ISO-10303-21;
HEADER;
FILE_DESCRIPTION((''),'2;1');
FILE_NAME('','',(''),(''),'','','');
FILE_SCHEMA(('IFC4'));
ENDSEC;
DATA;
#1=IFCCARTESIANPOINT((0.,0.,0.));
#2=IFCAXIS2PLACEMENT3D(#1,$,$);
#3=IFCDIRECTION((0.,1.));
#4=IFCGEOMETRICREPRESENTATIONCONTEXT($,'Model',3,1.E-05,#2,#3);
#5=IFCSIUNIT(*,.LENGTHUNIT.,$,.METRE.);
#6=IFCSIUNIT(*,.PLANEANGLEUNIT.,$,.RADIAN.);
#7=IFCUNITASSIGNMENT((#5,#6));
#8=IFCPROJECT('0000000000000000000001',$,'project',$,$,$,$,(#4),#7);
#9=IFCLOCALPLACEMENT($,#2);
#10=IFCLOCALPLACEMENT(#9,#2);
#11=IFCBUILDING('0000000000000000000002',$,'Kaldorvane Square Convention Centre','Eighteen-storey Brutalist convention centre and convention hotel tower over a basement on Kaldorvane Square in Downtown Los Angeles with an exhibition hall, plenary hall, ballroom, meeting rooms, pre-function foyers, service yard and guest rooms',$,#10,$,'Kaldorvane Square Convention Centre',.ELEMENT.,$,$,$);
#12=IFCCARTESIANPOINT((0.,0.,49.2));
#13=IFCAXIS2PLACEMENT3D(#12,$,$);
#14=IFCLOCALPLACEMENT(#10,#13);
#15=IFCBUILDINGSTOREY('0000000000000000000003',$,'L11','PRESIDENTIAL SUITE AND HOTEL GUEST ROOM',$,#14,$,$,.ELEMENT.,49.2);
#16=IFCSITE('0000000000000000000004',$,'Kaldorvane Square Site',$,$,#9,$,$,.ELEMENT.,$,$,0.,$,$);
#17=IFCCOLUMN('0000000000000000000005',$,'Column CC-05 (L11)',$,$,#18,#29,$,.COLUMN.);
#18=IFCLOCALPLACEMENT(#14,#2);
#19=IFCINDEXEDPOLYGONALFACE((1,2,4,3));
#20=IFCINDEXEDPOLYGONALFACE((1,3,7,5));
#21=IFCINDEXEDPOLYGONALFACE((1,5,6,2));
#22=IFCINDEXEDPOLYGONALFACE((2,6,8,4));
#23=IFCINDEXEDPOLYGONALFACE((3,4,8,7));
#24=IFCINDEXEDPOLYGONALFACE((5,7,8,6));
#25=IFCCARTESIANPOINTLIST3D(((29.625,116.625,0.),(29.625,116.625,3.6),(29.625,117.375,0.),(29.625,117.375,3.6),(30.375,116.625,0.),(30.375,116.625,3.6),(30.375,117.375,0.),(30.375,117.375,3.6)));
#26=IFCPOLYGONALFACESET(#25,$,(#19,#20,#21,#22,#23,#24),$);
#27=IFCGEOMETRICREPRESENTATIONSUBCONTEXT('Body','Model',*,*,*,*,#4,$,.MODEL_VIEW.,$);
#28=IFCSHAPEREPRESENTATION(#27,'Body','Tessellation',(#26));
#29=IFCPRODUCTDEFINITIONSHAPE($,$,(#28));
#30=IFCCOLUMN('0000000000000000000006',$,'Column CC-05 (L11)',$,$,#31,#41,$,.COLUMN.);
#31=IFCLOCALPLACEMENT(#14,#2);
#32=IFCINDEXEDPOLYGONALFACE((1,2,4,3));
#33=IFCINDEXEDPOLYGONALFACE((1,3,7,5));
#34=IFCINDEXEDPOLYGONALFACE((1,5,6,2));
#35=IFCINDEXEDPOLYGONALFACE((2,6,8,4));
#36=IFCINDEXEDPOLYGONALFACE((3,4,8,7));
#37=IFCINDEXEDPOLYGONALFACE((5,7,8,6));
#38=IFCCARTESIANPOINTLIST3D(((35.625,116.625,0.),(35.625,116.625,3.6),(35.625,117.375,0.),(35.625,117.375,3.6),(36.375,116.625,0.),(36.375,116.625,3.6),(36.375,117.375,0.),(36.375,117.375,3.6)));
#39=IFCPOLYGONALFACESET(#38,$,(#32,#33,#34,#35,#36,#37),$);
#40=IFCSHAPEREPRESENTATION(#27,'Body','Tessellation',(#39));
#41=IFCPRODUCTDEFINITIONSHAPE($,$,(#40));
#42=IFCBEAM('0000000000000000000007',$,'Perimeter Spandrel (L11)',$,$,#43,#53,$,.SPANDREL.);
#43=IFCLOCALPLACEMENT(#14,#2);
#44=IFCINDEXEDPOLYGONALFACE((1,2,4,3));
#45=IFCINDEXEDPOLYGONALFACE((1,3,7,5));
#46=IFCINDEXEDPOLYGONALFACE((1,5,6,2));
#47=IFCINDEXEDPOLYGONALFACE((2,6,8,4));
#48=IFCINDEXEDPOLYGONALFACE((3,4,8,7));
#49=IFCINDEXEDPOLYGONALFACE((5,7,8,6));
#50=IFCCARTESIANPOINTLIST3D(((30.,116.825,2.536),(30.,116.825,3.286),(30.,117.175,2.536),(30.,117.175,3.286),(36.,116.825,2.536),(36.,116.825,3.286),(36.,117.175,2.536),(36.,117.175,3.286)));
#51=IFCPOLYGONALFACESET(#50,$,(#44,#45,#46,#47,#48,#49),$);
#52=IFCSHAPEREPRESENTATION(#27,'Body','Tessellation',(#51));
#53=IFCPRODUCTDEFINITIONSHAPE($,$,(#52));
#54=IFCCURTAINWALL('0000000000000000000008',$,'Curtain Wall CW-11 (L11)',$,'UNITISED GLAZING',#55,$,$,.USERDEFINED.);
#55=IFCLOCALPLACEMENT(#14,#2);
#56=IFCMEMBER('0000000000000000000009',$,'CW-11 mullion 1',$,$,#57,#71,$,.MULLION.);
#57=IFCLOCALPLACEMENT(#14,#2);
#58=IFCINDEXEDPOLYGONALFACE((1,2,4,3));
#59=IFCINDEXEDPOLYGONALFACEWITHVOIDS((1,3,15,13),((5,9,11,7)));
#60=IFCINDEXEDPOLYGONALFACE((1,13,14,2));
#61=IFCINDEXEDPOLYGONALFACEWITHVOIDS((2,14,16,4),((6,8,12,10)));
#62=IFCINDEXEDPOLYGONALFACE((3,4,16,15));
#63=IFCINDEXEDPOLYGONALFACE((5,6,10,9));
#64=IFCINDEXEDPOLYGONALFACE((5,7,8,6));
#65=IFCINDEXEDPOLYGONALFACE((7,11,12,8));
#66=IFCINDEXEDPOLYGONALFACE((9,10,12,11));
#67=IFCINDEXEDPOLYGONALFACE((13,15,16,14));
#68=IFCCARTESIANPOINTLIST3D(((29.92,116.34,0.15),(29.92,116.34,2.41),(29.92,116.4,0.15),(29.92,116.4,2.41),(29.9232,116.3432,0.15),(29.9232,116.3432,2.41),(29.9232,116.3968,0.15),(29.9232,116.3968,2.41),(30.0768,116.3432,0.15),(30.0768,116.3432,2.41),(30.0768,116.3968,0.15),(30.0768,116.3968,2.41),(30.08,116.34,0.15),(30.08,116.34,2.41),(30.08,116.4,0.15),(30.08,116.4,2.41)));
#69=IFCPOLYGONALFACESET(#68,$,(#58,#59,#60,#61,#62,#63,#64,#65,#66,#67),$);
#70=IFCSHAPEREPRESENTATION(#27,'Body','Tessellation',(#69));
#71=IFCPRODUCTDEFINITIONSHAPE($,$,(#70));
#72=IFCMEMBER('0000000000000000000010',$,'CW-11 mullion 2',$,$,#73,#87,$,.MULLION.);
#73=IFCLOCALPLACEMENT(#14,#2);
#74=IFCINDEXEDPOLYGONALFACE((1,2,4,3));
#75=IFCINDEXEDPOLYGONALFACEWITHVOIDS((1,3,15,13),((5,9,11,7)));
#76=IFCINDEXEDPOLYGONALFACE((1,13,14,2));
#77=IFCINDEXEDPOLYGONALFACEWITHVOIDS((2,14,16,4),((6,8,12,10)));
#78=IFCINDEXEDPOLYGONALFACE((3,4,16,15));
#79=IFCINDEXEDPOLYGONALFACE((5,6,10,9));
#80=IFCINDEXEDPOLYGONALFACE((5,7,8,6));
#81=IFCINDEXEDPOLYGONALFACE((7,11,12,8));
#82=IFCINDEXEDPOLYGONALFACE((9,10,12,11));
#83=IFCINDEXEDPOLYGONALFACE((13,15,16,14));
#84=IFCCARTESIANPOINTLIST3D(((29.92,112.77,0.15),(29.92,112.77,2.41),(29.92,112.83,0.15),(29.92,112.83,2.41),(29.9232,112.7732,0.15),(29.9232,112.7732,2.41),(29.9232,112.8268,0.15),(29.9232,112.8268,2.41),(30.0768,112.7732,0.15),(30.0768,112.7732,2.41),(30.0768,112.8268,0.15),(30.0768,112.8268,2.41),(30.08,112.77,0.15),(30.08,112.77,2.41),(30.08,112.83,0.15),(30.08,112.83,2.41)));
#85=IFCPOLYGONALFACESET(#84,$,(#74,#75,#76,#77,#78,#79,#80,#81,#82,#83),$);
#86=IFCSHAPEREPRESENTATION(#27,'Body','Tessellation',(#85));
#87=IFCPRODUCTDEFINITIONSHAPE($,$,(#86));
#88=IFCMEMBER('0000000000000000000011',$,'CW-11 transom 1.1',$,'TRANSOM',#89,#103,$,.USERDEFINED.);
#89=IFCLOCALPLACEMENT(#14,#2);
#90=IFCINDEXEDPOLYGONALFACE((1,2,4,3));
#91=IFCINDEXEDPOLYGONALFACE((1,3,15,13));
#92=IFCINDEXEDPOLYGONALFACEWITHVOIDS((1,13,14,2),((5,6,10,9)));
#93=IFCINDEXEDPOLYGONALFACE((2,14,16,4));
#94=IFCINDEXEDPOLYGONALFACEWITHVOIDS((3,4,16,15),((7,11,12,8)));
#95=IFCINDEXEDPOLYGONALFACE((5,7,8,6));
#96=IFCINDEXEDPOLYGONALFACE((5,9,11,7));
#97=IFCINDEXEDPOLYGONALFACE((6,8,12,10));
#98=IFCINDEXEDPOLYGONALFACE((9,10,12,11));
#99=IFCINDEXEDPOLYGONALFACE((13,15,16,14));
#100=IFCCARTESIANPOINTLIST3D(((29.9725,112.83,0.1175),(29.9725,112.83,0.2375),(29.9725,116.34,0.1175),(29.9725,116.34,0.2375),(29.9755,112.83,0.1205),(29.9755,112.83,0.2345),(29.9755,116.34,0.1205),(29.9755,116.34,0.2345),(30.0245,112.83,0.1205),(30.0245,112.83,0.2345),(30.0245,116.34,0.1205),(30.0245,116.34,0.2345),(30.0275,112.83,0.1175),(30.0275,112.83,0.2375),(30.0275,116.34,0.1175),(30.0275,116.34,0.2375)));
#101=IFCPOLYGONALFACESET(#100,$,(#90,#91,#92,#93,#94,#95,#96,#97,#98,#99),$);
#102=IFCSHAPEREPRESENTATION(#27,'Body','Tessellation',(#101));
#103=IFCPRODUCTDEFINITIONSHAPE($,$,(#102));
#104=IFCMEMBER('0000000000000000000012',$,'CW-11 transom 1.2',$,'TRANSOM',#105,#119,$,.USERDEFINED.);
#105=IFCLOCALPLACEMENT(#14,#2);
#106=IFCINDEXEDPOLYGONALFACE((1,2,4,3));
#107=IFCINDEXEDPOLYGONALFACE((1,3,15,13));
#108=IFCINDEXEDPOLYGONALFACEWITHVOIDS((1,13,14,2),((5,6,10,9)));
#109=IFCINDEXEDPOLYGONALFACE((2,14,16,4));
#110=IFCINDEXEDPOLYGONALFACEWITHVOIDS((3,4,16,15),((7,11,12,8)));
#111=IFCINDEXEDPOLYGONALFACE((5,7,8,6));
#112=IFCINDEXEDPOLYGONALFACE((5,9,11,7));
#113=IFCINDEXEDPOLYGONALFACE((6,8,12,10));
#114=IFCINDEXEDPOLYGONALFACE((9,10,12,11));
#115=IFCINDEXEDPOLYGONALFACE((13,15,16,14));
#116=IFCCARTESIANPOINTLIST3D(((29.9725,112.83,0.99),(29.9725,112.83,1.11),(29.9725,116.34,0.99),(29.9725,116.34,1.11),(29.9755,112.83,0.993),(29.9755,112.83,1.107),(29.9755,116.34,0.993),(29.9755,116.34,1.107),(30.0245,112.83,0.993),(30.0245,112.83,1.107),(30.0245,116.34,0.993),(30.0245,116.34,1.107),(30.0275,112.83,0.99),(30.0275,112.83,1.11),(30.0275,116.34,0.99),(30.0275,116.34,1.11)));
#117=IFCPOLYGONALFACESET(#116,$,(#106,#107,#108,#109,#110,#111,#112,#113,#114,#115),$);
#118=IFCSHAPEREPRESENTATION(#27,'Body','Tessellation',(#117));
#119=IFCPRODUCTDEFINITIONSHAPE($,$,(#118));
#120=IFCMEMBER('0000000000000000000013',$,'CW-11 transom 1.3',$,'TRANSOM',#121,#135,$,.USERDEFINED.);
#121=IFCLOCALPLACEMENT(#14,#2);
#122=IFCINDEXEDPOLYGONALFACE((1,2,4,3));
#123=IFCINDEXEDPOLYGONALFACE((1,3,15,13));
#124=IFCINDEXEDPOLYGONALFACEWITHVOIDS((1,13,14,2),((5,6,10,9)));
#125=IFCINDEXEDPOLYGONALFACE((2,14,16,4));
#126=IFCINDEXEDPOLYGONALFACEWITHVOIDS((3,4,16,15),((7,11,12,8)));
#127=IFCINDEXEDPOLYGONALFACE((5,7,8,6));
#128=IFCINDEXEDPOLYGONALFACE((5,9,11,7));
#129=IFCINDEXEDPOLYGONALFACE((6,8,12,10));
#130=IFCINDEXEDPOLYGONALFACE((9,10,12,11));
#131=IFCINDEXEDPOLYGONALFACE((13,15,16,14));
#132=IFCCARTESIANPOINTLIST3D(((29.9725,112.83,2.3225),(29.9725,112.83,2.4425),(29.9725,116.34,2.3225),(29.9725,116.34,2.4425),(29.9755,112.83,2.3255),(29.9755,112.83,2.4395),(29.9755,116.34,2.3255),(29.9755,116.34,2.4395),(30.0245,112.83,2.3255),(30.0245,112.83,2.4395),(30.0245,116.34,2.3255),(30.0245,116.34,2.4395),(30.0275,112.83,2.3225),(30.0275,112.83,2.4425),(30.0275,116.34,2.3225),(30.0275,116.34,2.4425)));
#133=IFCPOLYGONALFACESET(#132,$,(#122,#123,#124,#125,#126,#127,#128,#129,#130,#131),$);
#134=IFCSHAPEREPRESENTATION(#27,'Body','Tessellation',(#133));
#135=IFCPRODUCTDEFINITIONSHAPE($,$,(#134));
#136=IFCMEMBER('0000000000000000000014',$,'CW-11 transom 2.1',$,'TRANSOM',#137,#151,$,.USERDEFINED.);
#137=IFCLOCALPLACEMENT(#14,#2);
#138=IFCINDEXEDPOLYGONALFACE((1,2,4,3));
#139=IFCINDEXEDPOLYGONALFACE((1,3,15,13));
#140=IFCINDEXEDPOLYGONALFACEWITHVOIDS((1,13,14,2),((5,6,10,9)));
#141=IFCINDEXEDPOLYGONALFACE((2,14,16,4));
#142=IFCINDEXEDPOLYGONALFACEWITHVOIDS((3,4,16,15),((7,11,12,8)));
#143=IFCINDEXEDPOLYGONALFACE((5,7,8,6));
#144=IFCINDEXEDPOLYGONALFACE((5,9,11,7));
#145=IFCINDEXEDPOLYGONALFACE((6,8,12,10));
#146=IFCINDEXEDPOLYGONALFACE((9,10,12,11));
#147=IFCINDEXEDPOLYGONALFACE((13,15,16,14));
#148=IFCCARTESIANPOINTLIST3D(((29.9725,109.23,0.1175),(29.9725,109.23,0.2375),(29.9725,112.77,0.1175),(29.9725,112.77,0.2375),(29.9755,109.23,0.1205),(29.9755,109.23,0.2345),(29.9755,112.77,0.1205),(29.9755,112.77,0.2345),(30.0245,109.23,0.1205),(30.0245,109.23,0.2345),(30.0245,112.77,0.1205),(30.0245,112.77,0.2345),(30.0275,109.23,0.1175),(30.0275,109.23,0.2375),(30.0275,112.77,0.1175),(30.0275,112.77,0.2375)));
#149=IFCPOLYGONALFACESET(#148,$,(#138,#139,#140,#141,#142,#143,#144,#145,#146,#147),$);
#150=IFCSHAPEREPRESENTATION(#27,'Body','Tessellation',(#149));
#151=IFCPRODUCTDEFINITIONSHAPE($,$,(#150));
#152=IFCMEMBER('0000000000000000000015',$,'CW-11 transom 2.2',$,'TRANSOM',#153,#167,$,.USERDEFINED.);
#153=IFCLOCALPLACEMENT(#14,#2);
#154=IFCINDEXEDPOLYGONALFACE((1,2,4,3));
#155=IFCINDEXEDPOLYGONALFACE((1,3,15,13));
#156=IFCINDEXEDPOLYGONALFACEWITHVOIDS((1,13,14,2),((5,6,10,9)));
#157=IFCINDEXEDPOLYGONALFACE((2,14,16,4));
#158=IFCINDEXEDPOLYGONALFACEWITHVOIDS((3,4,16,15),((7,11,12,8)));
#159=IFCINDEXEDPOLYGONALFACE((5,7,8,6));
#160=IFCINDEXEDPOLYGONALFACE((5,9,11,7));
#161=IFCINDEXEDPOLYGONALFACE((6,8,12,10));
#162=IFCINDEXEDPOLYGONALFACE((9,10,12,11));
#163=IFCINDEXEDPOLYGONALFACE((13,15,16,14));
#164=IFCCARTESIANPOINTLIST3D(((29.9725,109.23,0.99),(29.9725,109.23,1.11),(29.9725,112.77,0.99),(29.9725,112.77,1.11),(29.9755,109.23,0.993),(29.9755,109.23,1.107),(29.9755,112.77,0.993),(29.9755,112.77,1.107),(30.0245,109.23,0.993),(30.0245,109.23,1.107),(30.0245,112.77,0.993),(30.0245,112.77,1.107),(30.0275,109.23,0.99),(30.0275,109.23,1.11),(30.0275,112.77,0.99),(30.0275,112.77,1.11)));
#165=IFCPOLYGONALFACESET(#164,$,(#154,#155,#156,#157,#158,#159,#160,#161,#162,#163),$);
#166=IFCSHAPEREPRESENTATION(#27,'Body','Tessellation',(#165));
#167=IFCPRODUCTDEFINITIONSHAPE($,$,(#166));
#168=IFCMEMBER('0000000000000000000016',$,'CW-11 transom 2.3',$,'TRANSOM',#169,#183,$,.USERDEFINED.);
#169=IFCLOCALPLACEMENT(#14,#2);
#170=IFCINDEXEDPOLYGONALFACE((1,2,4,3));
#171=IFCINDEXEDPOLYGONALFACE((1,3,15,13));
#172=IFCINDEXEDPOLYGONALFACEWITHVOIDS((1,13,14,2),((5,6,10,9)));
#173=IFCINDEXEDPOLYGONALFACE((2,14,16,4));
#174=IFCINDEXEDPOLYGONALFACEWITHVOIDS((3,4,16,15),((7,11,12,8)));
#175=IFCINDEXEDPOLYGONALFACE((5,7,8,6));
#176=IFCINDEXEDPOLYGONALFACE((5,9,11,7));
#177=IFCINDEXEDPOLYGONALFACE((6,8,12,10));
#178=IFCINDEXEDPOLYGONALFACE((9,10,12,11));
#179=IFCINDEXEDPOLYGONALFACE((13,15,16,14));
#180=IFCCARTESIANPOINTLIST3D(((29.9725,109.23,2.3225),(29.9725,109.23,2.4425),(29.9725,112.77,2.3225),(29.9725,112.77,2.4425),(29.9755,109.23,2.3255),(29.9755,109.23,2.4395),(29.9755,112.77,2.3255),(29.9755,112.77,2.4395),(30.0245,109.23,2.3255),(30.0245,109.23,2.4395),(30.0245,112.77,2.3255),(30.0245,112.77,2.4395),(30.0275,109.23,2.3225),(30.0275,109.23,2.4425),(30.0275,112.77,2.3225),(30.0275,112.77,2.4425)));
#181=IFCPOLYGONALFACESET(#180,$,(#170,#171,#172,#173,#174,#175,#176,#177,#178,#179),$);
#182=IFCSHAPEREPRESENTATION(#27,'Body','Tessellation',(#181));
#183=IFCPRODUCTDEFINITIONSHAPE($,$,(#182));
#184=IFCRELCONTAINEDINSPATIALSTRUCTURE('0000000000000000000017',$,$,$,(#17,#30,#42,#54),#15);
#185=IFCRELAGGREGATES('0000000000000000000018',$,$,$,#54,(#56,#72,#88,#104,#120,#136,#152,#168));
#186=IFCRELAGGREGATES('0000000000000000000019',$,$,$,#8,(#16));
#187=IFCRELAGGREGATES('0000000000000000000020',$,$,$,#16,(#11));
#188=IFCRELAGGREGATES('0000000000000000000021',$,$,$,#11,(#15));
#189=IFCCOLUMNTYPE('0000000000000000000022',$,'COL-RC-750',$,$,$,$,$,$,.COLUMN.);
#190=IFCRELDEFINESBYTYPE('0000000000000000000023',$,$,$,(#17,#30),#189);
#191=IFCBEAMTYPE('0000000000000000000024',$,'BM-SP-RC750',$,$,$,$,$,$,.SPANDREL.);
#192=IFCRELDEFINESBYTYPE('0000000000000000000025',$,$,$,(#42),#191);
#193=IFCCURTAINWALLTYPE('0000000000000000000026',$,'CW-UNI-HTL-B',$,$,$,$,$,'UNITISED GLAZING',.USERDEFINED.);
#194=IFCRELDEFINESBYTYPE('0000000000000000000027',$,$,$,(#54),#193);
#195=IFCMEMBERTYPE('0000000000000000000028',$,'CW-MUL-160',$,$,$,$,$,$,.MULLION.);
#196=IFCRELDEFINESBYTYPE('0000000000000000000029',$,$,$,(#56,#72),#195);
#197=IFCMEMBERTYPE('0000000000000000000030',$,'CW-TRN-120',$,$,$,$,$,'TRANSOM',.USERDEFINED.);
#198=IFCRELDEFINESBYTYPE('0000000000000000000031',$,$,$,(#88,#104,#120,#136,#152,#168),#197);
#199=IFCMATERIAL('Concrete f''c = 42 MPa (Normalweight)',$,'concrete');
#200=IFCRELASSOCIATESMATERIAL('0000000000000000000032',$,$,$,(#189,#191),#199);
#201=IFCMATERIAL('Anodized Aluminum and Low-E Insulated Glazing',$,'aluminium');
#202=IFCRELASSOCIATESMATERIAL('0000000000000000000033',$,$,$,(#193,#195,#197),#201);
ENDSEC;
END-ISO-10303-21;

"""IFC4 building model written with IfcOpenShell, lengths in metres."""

from ifc_helpers import new_model, si_unit, direction, frame, origin, origin_2d, place, context, subcontext, project, spatial, rectangle, hollow_rectangle, extrude, material, material_profile, profile_set, type_object, element, aggregate, save


model = new_model("IFC4")

# Units and contexts
model_context = context("Model", 3, precision=1e-05, world=origin(), true_north=direction((0.0, 1.0)))
body_context = subcontext(model_context, "Body", "Model", "MODEL_VIEW")
ifc_project = project(units=[si_unit("LENGTHUNIT", "METRE"), si_unit("PLANEANGLEUNIT", "RADIAN")], contexts=[model_context])

# Site, building, storey
site_placement = place(None, origin())
site = spatial("IfcSite", under=ifc_project, at=site_placement, Name="Kaldorvane Square Site", CompositionType="ELEMENT", RefElevation=0.0)
building_placement = place(site_placement, origin())
building = spatial("IfcBuilding", under=site, at=building_placement, Name="Kaldorvane Square Convention Centre", Description="Eighteen-storey Brutalist convention centre and convention hotel tower over a basement on Kaldorvane Square in Downtown Los Angeles with an exhibition hall, plenary hall, ballroom, meeting rooms, pre-function foyers, service yard and guest rooms", LongName="Kaldorvane Square Convention Centre", CompositionType="ELEMENT")
storey_placement = place(building_placement, frame((0.0, 0.0, 49.2)))
storey = spatial("IfcBuildingStorey", under=building, at=storey_placement, Name="L11", Description="PRESIDENTIAL SUITE AND HOTEL GUEST ROOM", CompositionType="ELEMENT", Elevation=49.2)

# Columns
ifc_material_1 = material(Name="Concrete f'c = 42 MPa (Normalweight)", Category="concrete")
ifc_material_profile_1 = material_profile(ifc_material_1, rectangle(XDim=0.75, YDim=0.75, at=origin_2d()), Name="RC750X750")
ifc_profile_set_1 = profile_set([ifc_material_profile_1], Name="Concrete f'c = 42 MPa (Normalweight)")
column_type = type_object("IfcColumnType", Name="COL-RC-750", PredefinedType="COLUMN", material=ifc_profile_set_1)
for number, where, z_axis, x_axis, name in (
    (1, (30.0, 117.0, 0.0), (0.0, 0.0, 1.0), (1.0, 0.0, 0.0), "Column CC-05 (L11)"),
    (2, (36.0, 117.0, 0.0), (0.0, 0.0, 1.0), (1.0, 0.0, 0.0), "Column CC-05 (L11)"),
):
    element("IfcColumn", number, at=place(storey_placement, frame(where, z_axis=z_axis, x_axis=x_axis)), inside=storey, type_object=column_type, Name=name, PredefinedType="COLUMN", context=body_context, shape_type="SweptSolid", body=[
        extrude(rectangle(XDim=0.75, YDim=0.75, at=origin_2d()), origin(), (0.0, 0.0, 1.0), 3.6),
    ])

# Beam
ifc_material_profile_2 = material_profile(ifc_material_1, rectangle(XDim=0.35, YDim=0.75, at=origin_2d()), Name="RCSP750X350")
ifc_profile_set_2 = profile_set([ifc_material_profile_2], Name="Concrete f'c = 42 MPa (Normalweight)")
beam_type = type_object("IfcBeamType", Name="BM-SP-RC750", PredefinedType="SPANDREL", material=ifc_profile_set_2)
beam_placement = place(storey_placement, frame((30.0, 117.0, 2.911), z_axis=(1.0, 0.0, 0.0), x_axis=(0.0, 1.0, 0.0)))
element("IfcBeam", 3, at=beam_placement, inside=storey, type_object=beam_type, Name="Perimeter Spandrel (L11)", PredefinedType="SPANDREL", context=body_context, shape_type="SweptSolid", body=[
    extrude(rectangle(XDim=0.35, YDim=0.75, at=origin_2d()), origin(), (0.0, 0.0, 1.0), 6.0),
])

# Curtain wall, members
ifc_material_2 = material(Name="Anodized Aluminum and Low-E Insulated Glazing", Category="aluminium")
curtain_wall_type = type_object("IfcCurtainWallType", Name="CW-UNI-HTL-B", ElementType="UNITISED GLAZING", PredefinedType="USERDEFINED", material=ifc_material_2)
curtain_wall_placement = place(storey_placement, origin())
curtain_wall = element("IfcCurtainWall", 4, at=curtain_wall_placement, inside=storey, type_object=curtain_wall_type, Name="Curtain Wall CW-11 (L11)", ObjectType="UNITISED GLAZING", PredefinedType="USERDEFINED")
ifc_material_profile_3 = material_profile(ifc_material_2, hollow_rectangle(XDim=0.06, YDim=0.16, WallThickness=0.0032, at=origin_2d()), Name="CWM-160X60")
ifc_profile_set_3 = profile_set([ifc_material_profile_3], Name="Anodized Aluminum and Low-E Insulated Glazing")
member_type_1 = type_object("IfcMemberType", Name="CW-MUL-160", PredefinedType="MULLION", material=ifc_profile_set_3)
member_1_placement = place(storey_placement, frame((30.0, 116.37, 0.15), z_axis=(0.0, 0.0, 1.0), x_axis=(0.0, -1.0, 0.0)))
member_1 = element("IfcMember", 5, at=member_1_placement, type_object=member_type_1, Name="CW-11 mullion 1", PredefinedType="MULLION", context=body_context, shape_type="SweptSolid", body=[
    extrude(hollow_rectangle(XDim=0.06, YDim=0.16, WallThickness=0.0032, at=origin_2d()), origin(), (0.0, 0.0, 1.0), 2.26),
])
member_2_placement = place(storey_placement, frame((30.0, 112.8, 0.15), z_axis=(0.0, 0.0, 1.0), x_axis=(0.0, -1.0, 0.0)))
member_2 = element("IfcMember", 6, at=member_2_placement, type_object=member_type_1, Name="CW-11 mullion 2", PredefinedType="MULLION", context=body_context, shape_type="SweptSolid", body=[
    extrude(hollow_rectangle(XDim=0.06, YDim=0.16, WallThickness=0.0032, at=origin_2d()), origin(), (0.0, 0.0, 1.0), 2.26),
])
ifc_material_profile_4 = material_profile(ifc_material_2, hollow_rectangle(XDim=0.055, YDim=0.12, WallThickness=0.003, at=origin_2d()), Name="CWT-120X55")
ifc_profile_set_4 = profile_set([ifc_material_profile_4], Name="Anodized Aluminum and Low-E Insulated Glazing")
member_type_2 = type_object("IfcMemberType", Name="CW-TRN-120", ElementType="TRANSOM", PredefinedType="USERDEFINED", material=ifc_profile_set_4)
member_3_placement = place(storey_placement, frame((30.0, 116.34, 0.1775), z_axis=(0.0, -1.0, 0.0), x_axis=(1.0, 0.0, 0.0)))
member_3 = element("IfcMember", 7, at=member_3_placement, type_object=member_type_2, Name="CW-11 transom 1.1", ObjectType="TRANSOM", PredefinedType="USERDEFINED", context=body_context, shape_type="SweptSolid", body=[
    extrude(hollow_rectangle(XDim=0.055, YDim=0.12, WallThickness=0.003, at=origin_2d()), origin(), (0.0, 0.0, 1.0), 3.51),
])
member_4_placement = place(storey_placement, frame((30.0, 116.34, 1.05), z_axis=(0.0, -1.0, 0.0), x_axis=(1.0, 0.0, 0.0)))
member_4 = element("IfcMember", 8, at=member_4_placement, type_object=member_type_2, Name="CW-11 transom 1.2", ObjectType="TRANSOM", PredefinedType="USERDEFINED", context=body_context, shape_type="SweptSolid", body=[
    extrude(hollow_rectangle(XDim=0.055, YDim=0.12, WallThickness=0.003, at=origin_2d()), origin(), (0.0, 0.0, 1.0), 3.51),
])
member_5_placement = place(storey_placement, frame((30.0, 116.34, 2.3825), z_axis=(0.0, -1.0, 0.0), x_axis=(1.0, 0.0, 0.0)))
member_5 = element("IfcMember", 9, at=member_5_placement, type_object=member_type_2, Name="CW-11 transom 1.3", ObjectType="TRANSOM", PredefinedType="USERDEFINED", context=body_context, shape_type="SweptSolid", body=[
    extrude(hollow_rectangle(XDim=0.055, YDim=0.12, WallThickness=0.003, at=origin_2d()), origin(), (0.0, 0.0, 1.0), 3.51),
])
member_6_placement = place(storey_placement, frame((30.0, 112.77, 0.1775), z_axis=(0.0, -1.0, 0.0), x_axis=(1.0, 0.0, 0.0)))
member_6 = element("IfcMember", 10, at=member_6_placement, type_object=member_type_2, Name="CW-11 transom 2.1", ObjectType="TRANSOM", PredefinedType="USERDEFINED", context=body_context, shape_type="SweptSolid", body=[
    extrude(hollow_rectangle(XDim=0.055, YDim=0.12, WallThickness=0.003, at=origin_2d()), origin(), (0.0, 0.0, 1.0), 3.54),
])
member_7_placement = place(storey_placement, frame((30.0, 112.77, 1.05), z_axis=(0.0, -1.0, 0.0), x_axis=(1.0, 0.0, 0.0)))
member_7 = element("IfcMember", 11, at=member_7_placement, type_object=member_type_2, Name="CW-11 transom 2.2", ObjectType="TRANSOM", PredefinedType="USERDEFINED", context=body_context, shape_type="SweptSolid", body=[
    extrude(hollow_rectangle(XDim=0.055, YDim=0.12, WallThickness=0.003, at=origin_2d()), origin(), (0.0, 0.0, 1.0), 3.54),
])
member_8_placement = place(storey_placement, frame((30.0, 112.77, 2.3825), z_axis=(0.0, -1.0, 0.0), x_axis=(1.0, 0.0, 0.0)))
member_8 = element("IfcMember", 12, at=member_8_placement, type_object=member_type_2, Name="CW-11 transom 2.3", ObjectType="TRANSOM", PredefinedType="USERDEFINED", context=body_context, shape_type="SweptSolid", body=[
    extrude(hollow_rectangle(XDim=0.055, YDim=0.12, WallThickness=0.003, at=origin_2d()), origin(), (0.0, 0.0, 1.0), 3.54),
])
aggregate(curtain_wall, [member_1, member_2, member_3, member_4, member_5, member_6, member_7, member_8])

save(model, "model.ifc")
